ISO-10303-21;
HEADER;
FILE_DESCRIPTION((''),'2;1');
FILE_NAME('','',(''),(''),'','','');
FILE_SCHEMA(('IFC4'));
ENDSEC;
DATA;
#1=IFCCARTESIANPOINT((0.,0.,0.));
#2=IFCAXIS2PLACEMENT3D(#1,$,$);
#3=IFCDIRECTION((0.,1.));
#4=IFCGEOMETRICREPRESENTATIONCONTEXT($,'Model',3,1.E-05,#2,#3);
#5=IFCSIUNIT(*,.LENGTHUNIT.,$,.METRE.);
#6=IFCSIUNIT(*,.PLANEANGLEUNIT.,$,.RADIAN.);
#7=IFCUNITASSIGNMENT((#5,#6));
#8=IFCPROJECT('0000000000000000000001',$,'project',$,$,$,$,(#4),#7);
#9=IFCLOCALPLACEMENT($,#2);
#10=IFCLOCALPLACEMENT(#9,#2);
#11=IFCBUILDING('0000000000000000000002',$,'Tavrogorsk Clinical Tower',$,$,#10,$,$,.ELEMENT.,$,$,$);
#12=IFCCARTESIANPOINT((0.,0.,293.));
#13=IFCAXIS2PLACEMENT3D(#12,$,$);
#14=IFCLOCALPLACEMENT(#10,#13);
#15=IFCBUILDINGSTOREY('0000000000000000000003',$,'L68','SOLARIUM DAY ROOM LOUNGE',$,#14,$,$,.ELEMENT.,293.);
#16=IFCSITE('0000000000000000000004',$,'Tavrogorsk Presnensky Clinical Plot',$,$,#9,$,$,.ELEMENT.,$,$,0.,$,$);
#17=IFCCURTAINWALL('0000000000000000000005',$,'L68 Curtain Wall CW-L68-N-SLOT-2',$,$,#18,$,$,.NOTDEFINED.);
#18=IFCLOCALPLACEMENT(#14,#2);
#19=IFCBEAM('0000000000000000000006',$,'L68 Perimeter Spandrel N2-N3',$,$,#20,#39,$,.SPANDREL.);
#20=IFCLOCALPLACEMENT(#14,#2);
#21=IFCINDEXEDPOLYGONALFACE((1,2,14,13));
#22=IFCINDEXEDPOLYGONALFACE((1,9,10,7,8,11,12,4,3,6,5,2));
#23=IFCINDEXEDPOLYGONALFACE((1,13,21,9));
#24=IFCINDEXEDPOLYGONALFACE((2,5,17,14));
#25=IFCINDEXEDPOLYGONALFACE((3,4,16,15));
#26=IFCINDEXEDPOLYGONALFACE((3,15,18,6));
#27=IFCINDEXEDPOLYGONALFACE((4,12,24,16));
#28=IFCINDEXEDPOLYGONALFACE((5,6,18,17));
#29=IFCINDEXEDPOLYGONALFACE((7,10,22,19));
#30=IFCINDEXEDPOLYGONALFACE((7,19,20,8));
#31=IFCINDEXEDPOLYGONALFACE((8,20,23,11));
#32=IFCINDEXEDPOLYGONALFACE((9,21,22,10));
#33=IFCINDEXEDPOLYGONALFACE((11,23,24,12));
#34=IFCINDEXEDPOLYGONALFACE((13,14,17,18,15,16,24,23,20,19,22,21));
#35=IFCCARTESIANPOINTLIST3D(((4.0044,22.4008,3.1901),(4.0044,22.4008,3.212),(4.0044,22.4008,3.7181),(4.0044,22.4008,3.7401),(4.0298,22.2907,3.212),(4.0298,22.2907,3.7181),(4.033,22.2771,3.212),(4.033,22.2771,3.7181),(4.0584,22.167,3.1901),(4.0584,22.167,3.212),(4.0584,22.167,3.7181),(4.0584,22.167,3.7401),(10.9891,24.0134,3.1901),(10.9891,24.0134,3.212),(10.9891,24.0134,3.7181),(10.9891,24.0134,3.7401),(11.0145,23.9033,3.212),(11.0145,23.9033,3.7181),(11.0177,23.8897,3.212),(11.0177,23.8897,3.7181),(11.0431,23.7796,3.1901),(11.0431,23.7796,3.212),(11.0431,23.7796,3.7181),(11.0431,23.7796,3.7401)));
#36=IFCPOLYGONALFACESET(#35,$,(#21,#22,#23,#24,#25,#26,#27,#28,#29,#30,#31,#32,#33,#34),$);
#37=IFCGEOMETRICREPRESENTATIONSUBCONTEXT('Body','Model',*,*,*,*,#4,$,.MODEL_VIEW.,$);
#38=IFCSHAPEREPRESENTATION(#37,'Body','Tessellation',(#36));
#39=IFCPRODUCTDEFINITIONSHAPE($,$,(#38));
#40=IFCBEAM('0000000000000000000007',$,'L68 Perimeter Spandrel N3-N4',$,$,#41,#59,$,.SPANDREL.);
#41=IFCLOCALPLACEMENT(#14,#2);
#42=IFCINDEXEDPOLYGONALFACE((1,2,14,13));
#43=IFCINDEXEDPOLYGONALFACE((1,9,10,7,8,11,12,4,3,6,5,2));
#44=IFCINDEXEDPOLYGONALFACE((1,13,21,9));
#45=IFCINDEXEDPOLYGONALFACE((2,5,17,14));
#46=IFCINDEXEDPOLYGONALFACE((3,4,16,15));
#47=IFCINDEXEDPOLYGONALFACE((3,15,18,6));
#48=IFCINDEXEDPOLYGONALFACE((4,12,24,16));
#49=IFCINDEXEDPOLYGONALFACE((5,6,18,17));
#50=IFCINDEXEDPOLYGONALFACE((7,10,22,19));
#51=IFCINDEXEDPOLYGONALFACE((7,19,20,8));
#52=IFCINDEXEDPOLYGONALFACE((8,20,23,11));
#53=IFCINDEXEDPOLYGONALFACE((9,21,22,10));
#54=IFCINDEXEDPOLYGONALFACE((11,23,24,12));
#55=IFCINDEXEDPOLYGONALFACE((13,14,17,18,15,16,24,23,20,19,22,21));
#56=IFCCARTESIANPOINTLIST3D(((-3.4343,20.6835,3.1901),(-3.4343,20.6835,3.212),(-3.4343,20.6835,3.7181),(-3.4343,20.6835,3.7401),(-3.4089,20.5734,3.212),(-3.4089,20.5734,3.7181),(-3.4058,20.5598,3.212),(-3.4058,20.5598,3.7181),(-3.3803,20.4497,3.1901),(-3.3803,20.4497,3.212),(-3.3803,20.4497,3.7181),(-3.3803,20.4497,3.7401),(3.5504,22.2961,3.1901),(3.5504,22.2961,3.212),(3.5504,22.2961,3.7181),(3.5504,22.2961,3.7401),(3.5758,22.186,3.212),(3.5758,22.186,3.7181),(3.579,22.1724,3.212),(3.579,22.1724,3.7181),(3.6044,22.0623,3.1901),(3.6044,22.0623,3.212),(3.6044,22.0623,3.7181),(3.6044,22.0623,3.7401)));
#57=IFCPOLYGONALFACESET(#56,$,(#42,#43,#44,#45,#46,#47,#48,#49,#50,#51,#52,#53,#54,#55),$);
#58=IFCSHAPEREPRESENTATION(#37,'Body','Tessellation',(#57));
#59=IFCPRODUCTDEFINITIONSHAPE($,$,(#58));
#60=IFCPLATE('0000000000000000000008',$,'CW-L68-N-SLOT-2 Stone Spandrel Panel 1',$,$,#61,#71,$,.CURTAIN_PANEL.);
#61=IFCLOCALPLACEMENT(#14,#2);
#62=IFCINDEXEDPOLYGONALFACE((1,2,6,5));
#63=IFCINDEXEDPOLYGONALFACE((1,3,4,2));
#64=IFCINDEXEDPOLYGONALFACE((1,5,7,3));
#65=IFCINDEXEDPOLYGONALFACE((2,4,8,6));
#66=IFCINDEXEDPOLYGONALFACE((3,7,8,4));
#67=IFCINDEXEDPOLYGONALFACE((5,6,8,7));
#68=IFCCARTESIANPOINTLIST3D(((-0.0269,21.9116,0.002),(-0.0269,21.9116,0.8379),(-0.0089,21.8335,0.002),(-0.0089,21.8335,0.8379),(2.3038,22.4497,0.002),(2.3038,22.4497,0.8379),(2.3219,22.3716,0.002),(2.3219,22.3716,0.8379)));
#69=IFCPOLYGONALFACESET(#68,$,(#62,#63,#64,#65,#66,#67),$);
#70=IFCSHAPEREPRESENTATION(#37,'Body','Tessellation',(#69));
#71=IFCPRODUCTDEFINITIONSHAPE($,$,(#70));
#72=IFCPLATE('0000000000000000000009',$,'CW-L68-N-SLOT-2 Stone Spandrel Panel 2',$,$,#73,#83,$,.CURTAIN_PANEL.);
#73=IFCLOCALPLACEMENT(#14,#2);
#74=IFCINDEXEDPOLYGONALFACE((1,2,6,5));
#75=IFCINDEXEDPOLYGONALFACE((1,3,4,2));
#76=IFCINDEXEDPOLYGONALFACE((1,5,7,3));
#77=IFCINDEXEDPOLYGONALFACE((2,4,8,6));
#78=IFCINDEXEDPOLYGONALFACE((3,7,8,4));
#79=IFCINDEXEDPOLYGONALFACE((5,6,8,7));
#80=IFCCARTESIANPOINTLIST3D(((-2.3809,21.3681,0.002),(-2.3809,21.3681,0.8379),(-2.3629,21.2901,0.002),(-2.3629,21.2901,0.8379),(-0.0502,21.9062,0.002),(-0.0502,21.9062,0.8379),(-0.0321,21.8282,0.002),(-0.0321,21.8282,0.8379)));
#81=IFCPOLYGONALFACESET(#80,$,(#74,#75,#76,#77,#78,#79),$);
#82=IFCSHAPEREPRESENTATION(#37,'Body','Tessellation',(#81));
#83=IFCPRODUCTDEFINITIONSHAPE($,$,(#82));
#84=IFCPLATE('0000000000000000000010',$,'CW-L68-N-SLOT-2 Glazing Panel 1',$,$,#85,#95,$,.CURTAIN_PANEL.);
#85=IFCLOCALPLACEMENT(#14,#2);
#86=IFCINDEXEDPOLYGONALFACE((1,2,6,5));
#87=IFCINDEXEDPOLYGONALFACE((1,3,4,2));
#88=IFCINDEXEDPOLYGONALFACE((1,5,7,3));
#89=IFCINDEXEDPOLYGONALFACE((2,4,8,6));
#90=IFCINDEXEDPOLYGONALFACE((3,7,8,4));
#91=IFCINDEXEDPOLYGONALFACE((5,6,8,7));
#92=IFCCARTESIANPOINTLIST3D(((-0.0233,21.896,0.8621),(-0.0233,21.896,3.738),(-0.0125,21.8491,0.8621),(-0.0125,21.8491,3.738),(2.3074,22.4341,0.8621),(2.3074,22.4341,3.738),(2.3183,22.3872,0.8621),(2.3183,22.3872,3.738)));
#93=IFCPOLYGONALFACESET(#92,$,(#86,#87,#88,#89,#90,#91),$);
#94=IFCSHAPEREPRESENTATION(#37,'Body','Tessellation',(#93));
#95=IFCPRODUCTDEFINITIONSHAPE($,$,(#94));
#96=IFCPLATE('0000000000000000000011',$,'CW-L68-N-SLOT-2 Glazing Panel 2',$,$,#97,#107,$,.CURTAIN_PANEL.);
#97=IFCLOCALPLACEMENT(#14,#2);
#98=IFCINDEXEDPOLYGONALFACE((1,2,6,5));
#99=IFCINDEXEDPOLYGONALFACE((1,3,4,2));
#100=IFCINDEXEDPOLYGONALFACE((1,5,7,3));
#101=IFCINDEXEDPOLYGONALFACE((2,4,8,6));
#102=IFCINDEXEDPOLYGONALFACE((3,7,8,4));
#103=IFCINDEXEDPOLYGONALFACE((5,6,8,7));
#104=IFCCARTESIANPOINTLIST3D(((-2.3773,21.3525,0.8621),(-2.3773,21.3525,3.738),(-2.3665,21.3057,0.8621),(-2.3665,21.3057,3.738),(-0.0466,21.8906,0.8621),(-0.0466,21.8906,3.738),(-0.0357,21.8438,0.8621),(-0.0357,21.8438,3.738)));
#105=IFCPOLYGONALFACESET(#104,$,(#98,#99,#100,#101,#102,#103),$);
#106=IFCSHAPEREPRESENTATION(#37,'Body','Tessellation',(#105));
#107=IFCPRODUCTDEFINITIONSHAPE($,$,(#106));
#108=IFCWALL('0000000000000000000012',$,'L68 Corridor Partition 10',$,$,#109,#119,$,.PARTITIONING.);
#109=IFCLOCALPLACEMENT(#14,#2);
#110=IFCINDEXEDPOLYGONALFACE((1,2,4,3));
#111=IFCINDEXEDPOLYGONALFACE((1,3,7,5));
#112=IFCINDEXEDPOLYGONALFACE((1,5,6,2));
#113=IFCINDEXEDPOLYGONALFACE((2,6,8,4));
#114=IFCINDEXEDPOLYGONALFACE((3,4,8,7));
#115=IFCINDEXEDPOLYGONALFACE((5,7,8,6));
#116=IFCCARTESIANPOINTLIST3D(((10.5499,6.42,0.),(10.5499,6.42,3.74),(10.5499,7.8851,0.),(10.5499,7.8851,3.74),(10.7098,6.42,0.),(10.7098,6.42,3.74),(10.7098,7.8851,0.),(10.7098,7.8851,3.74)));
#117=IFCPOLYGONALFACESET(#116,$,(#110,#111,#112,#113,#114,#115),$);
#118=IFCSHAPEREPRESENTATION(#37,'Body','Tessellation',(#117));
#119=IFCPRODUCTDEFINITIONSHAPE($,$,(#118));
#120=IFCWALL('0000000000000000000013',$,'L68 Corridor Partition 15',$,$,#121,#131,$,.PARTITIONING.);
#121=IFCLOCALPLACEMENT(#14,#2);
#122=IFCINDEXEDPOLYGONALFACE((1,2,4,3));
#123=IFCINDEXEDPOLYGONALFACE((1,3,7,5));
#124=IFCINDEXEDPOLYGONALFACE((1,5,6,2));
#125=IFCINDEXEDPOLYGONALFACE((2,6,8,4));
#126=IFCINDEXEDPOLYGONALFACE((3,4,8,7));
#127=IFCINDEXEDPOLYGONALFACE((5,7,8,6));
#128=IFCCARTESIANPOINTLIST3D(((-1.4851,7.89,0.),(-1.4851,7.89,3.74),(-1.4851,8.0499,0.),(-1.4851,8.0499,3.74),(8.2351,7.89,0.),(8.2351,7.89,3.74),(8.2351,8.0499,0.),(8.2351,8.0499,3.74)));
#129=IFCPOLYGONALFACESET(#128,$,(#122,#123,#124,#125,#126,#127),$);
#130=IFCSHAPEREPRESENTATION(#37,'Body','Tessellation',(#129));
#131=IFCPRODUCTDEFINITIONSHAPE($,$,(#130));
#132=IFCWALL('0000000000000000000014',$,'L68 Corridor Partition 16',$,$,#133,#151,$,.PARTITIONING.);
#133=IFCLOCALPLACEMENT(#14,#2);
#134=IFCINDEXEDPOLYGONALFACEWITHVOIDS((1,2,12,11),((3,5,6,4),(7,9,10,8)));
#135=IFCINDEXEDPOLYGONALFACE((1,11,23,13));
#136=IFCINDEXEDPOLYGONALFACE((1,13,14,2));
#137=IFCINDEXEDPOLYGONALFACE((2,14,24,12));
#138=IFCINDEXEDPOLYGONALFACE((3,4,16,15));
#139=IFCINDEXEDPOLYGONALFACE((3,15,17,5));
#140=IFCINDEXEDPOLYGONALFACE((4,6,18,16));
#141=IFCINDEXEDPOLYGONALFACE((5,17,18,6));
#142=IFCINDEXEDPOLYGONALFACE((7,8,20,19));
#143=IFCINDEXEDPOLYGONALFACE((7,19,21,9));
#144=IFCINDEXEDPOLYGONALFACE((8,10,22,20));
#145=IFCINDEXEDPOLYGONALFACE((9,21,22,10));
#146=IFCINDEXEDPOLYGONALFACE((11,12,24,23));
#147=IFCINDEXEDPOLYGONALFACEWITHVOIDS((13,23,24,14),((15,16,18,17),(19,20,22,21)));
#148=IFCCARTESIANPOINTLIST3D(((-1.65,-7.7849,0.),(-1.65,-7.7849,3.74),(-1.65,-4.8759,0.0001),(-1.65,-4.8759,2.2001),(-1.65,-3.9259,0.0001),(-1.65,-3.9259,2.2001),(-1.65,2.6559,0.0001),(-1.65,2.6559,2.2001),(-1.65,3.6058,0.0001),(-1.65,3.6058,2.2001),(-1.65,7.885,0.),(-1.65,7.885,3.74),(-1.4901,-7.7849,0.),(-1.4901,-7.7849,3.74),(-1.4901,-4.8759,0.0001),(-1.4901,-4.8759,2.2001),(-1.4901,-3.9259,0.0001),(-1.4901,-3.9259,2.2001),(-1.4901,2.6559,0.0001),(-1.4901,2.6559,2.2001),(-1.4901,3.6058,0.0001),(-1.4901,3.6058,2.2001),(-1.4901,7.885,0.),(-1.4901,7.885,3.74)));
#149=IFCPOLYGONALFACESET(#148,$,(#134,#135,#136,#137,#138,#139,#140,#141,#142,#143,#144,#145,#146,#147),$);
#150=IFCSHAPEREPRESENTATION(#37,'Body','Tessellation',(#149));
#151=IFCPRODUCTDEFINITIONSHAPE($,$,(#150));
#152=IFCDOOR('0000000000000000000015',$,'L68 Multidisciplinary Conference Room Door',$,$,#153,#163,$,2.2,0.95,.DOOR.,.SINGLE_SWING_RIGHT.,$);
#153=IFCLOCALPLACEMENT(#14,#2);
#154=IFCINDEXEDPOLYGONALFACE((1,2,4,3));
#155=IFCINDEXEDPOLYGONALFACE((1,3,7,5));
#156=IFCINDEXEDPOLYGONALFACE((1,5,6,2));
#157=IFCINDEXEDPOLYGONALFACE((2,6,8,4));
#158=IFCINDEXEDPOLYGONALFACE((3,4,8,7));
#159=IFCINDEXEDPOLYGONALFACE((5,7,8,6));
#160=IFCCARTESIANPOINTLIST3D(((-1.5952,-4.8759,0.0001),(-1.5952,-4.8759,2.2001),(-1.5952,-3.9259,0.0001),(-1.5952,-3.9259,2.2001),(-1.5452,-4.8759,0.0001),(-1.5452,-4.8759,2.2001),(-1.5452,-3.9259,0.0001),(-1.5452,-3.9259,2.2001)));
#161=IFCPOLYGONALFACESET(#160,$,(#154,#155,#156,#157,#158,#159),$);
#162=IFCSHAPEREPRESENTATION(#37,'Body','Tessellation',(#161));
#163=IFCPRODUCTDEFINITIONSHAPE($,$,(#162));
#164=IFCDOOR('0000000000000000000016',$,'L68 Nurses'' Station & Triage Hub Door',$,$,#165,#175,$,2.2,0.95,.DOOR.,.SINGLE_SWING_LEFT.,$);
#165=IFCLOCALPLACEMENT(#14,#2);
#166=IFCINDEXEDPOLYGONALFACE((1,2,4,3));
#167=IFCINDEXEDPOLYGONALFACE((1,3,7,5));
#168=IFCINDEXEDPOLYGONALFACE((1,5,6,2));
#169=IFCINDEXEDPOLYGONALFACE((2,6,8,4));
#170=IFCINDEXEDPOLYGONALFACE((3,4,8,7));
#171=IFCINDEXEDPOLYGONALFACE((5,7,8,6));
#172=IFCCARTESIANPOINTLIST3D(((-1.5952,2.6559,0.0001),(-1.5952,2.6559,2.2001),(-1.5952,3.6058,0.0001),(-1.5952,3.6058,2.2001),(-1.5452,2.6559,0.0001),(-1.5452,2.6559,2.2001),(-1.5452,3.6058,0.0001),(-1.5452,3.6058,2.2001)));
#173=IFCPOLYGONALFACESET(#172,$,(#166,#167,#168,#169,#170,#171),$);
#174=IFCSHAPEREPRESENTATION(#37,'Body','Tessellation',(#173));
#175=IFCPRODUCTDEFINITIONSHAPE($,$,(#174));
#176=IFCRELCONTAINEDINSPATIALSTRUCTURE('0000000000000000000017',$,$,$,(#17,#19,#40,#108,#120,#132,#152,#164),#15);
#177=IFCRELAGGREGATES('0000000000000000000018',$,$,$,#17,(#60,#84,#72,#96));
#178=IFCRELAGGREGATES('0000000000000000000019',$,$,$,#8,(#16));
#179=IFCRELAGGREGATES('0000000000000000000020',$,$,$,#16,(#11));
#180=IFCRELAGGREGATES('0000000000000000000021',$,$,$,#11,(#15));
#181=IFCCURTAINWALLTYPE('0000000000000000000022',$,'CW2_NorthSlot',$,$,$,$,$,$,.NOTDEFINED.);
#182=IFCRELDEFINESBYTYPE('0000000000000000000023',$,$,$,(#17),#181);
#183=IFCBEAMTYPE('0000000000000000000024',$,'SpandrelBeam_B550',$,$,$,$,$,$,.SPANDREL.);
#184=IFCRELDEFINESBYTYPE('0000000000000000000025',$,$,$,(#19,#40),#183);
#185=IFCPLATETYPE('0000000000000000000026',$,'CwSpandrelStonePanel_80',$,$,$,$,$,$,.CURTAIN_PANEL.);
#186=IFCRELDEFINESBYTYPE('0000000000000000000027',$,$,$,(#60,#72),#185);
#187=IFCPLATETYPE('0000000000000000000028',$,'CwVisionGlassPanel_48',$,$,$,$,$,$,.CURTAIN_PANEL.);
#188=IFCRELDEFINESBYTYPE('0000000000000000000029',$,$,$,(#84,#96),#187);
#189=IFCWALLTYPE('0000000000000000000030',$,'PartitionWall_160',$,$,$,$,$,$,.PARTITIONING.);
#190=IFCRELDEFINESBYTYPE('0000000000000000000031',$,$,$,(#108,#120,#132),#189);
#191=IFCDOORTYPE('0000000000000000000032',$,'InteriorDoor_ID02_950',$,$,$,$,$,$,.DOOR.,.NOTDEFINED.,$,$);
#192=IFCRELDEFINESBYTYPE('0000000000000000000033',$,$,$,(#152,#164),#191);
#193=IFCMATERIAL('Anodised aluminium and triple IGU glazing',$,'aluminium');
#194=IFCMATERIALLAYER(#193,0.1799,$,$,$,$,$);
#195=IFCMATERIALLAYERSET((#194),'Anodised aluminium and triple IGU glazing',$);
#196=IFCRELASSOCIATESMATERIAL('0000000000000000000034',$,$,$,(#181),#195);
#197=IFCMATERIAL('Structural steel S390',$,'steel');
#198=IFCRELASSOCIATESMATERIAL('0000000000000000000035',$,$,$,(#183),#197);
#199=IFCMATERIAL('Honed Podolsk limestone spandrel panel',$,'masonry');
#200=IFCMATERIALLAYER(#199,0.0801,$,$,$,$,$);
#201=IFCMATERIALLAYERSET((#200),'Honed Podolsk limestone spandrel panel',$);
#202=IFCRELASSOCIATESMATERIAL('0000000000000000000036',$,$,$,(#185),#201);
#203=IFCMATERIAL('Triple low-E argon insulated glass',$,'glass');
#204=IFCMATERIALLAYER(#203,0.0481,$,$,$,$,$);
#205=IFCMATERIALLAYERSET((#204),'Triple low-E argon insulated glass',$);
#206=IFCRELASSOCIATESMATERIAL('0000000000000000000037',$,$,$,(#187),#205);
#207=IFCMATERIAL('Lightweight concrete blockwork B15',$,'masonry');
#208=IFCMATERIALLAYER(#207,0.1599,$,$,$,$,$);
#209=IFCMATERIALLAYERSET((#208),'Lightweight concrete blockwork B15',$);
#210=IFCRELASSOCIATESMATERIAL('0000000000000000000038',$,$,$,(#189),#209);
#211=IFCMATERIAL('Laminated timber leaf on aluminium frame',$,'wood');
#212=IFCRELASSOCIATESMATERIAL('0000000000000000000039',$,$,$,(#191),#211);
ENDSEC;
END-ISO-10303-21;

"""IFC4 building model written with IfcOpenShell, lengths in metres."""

from ifc_helpers import new_model, si_unit, direction, frame, frame_2d, origin, origin_2d, place, context, subcontext, project, spatial, rectangle, i_section, extrude, material, layer, layer_set, material_profile, profile_set, type_object, element, fill, aggregate, save


model = new_model("IFC4")

# Units and contexts
model_context = context("Model", 3, precision=1e-05, world=origin(), true_north=direction((0.0, 1.0)))
body_context = subcontext(model_context, "Body", "Model", "MODEL_VIEW")
ifc_project = project(units=[si_unit("LENGTHUNIT", "METRE"), si_unit("PLANEANGLEUNIT", "RADIAN")], contexts=[model_context])

# Site, building, storey
site_placement = place(None, origin())
site = spatial("IfcSite", under=ifc_project, at=site_placement, Name="Tavrogorsk Presnensky Clinical Plot", CompositionType="ELEMENT", RefElevation=0.0)
building_placement = place(site_placement, origin())
building = spatial("IfcBuilding", under=site, at=building_placement, Name="Tavrogorsk Clinical Tower", CompositionType="ELEMENT")
storey_placement = place(building_placement, frame((0.0, 0.0, 293.0)))
storey = spatial("IfcBuildingStorey", under=building, at=storey_placement, Name="L68", Description="SOLARIUM DAY ROOM LOUNGE", CompositionType="ELEMENT", Elevation=293.0)

# Curtain wall
ifc_material_1 = material(Name="Anodised aluminium and triple IGU glazing", Category="aluminium")
ifc_layer_1 = layer(ifc_material_1, 0.1799)
ifc_layer_set_1 = layer_set([ifc_layer_1], Name="Anodised aluminium and triple IGU glazing")
curtain_wall_type = type_object("IfcCurtainWallType", Name="CW2_NorthSlot", PredefinedType="NOTDEFINED", material=ifc_layer_set_1)
curtain_wall_placement = place(storey_placement, origin())
curtain_wall = element("IfcCurtainWall", 1, at=curtain_wall_placement, inside=storey, type_object=curtain_wall_type, Name="L68 Curtain Wall CW-L68-N-SLOT-2", PredefinedType="NOTDEFINED")

# Beams
ifc_material_2 = material(Name="Structural steel S390", Category="steel")
ifc_material_profile_1 = material_profile(ifc_material_2, i_section(OverallWidth=0.24, OverallDepth=0.55, WebThickness=0.0139, FlangeThickness=0.022, at=origin_2d()), Name="B-550x240x14x22")
ifc_profile_set_1 = profile_set([ifc_material_profile_1], Name="Structural steel S390")
beam_type_1 = type_object("IfcBeamType", Name="SpandrelBeam_B550", PredefinedType="SPANDREL", material=ifc_profile_set_1)
for number, where, z_axis, x_axis, name in (
    (2, (11.0161, 23.8965, 3.4651), (-0.974369, -0.224954, 0.0), (0.224954, -0.974369, 0.0), "L68 Perimeter Spandrel N2-N3"),
    (3, (3.5774, 22.1792, 3.4651), (-0.974369, -0.224954, 0.0), (0.224954, -0.974369, 0.0), "L68 Perimeter Spandrel N3-N4"),
):
    element("IfcBeam", number, at=place(storey_placement, frame(where, z_axis=z_axis, x_axis=x_axis)), inside=storey, type_object=beam_type_1, Name=name, PredefinedType="SPANDREL", context=body_context, shape_type="SweptSolid", body=[
        extrude(i_section(OverallWidth=0.24, OverallDepth=0.55, WebThickness=0.0139, FlangeThickness=0.022, at=origin_2d()), origin(), (0.0, 0.0, 1.0), 7.1685),
    ])

# Plates
ifc_material_3 = material(Name="Honed Podolsk limestone spandrel panel", Category="masonry")
ifc_layer_2 = layer(ifc_material_3, 0.0801)
ifc_layer_set_2 = layer_set([ifc_layer_2], Name="Honed Podolsk limestone spandrel panel")
plate_type_1 = type_object("IfcPlateType", Name="CwSpandrelStonePanel_80", PredefinedType="CURTAIN_PANEL", material=ifc_layer_set_2)
plate_1_placement = place(storey_placement, frame((1.1475, 22.1416, 0.002), z_axis=(0.0, 0.0, 1.0), x_axis=(-0.97437, -0.224951, 0.0)))
plate_1 = element("IfcPlate", 4, at=plate_1_placement, type_object=plate_type_1, Name="CW-L68-N-SLOT-2 Stone Spandrel Panel 1", PredefinedType="CURTAIN_PANEL", context=body_context, shape_type="SweptSolid", body=[
    extrude(rectangle(XDim=2.3921, YDim=0.0801, at=origin_2d()), origin(), (0.0, 0.0, 1.0), 0.8359),
])
plate_2_placement = place(storey_placement, frame((-1.2065, 21.5981, 0.002), z_axis=(0.0, 0.0, 1.0), x_axis=(-0.97437, -0.224951, 0.0)))
plate_2 = element("IfcPlate", 5, at=plate_2_placement, type_object=plate_type_1, Name="CW-L68-N-SLOT-2 Stone Spandrel Panel 2", PredefinedType="CURTAIN_PANEL", context=body_context, shape_type="SweptSolid", body=[
    extrude(rectangle(XDim=2.3921, YDim=0.0801, at=origin_2d()), origin(), (0.0, 0.0, 1.0), 0.8359),
])
ifc_material_4 = material(Name="Triple low-E argon insulated glass", Category="glass")
ifc_layer_3 = layer(ifc_material_4, 0.0481)
ifc_layer_set_3 = layer_set([ifc_layer_3], Name="Triple low-E argon insulated glass")
plate_type_2 = type_object("IfcPlateType", Name="CwVisionGlassPanel_48", PredefinedType="CURTAIN_PANEL", material=ifc_layer_set_3)
plate_3_placement = place(storey_placement, frame((1.1475, 22.1416, 0.8621), z_axis=(0.0, 0.0, 1.0), x_axis=(-0.97437, -0.224951, 0.0)))
plate_3 = element("IfcPlate", 6, at=plate_3_placement, type_object=plate_type_2, Name="CW-L68-N-SLOT-2 Glazing Panel 1", PredefinedType="CURTAIN_PANEL", context=body_context, shape_type="SweptSolid", body=[
    extrude(rectangle(XDim=2.3921, YDim=0.0481, at=origin_2d()), origin(), (0.0, 0.0, 1.0), 2.876),
])
plate_4_placement = place(storey_placement, frame((-1.2065, 21.5981, 0.8621), z_axis=(0.0, 0.0, 1.0), x_axis=(-0.97437, -0.224951, 0.0)))
plate_4 = element("IfcPlate", 7, at=plate_4_placement, type_object=plate_type_2, Name="CW-L68-N-SLOT-2 Glazing Panel 2", PredefinedType="CURTAIN_PANEL", context=body_context, shape_type="SweptSolid", body=[
    extrude(rectangle(XDim=2.3921, YDim=0.0481, at=origin_2d()), origin(), (0.0, 0.0, 1.0), 2.876),
])
aggregate(curtain_wall, [plate_1, plate_3, plate_2, plate_4])

# Walls
ifc_material_5 = material(Name="Lightweight concrete blockwork B15", Category="masonry")
ifc_layer_4 = layer(ifc_material_5, 0.1599)
ifc_layer_set_4 = layer_set([ifc_layer_4], Name="Lightweight concrete blockwork B15")
wall_type = type_object("IfcWallType", Name="PartitionWall_160", PredefinedType="PARTITIONING", material=ifc_layer_set_4)
wall_1_placement = place(storey_placement, frame((10.6299, 7.885, 0.0), z_axis=(0.0, 0.0, 1.0), x_axis=(0.0, -1.0, 0.0)))
element("IfcWall", 8, at=wall_1_placement, inside=storey, type_object=wall_type, Name="L68 Corridor Partition 10", PredefinedType="PARTITIONING", context=body_context, shape_type="SweptSolid", body=[
    extrude(rectangle(XDim=1.4651, YDim=0.1599, at=frame_2d((0.7324, 0.0))), origin(), (0.0, 0.0, 1.0), 3.74),
])
wall_2_placement = place(storey_placement, frame((8.2351, 7.97, 0.0), z_axis=(0.0, 0.0, 1.0), x_axis=(-1.0, 0.0, 0.0)))
element("IfcWall", 9, at=wall_2_placement, inside=storey, type_object=wall_type, Name="L68 Corridor Partition 15", PredefinedType="PARTITIONING", context=body_context, shape_type="SweptSolid", body=[
    extrude(rectangle(XDim=9.7202, YDim=0.1599, at=frame_2d((4.8601, 0.0))), origin(), (0.0, 0.0, 1.0), 3.74),
])

# Wall, openings, doors
wall_3_placement = place(storey_placement, frame((-1.5701, 7.885, 0.0), z_axis=(0.0, 0.0, 1.0), x_axis=(0.0, -1.0, 0.0)))
wall_3 = element("IfcWall", 10, at=wall_3_placement, inside=storey, type_object=wall_type, Name="L68 Corridor Partition 16", PredefinedType="PARTITIONING", context=body_context, shape_type="SweptSolid", body=[
    extrude(rectangle(XDim=15.6699, YDim=0.1599, at=frame_2d((7.835, 0.0))), origin(), (0.0, 0.0, 1.0), 3.74),
])
opening_1_placement = place(wall_3_placement, frame((11.8108, 0.0, 0.0)))
opening_1 = element("IfcOpeningElement", 11, at=opening_1_placement, cuts=wall_3, PredefinedType="OPENING", context=body_context, shape_type="SweptSolid", body=[
    extrude(rectangle(XDim=0.95, YDim=2.2, at=frame_2d((0.4751, 1.1001))), frame((0.0, 0.0898, 0.0), z_axis=(0.0, -1.0, 0.0), x_axis=(1.0, 0.0, 0.0)), (0.0, 0.0, 1.0), 0.1799),
])
opening_2_placement = place(wall_3_placement, frame((4.2791, 0.0, 0.0)))
opening_2 = element("IfcOpeningElement", 12, at=opening_2_placement, cuts=wall_3, PredefinedType="OPENING", context=body_context, shape_type="SweptSolid", body=[
    extrude(rectangle(XDim=0.95, YDim=2.2, at=frame_2d((0.4751, 1.1001))), frame((0.0, 0.0898, 0.0), z_axis=(0.0, -1.0, 0.0), x_axis=(1.0, 0.0, 0.0)), (0.0, 0.0, 1.0), 0.1799),
])
ifc_material_6 = material(Name="Laminated timber leaf on aluminium frame", Category="wood")
door_type = type_object("IfcDoorType", Name="InteriorDoor_ID02_950", OperationType="NOTDEFINED", PredefinedType="DOOR", material=ifc_material_6)
door_1_placement = place(opening_1_placement, origin())
door_1 = element("IfcDoor", 13, at=door_1_placement, inside=storey, type_object=door_type, Name="L68 Multidisciplinary Conference Room Door", OperationType="SINGLE_SWING_RIGHT", OverallHeight=2.2, OverallWidth=0.95, PredefinedType="DOOR", context=body_context, shape_type="SweptSolid", body=[
    extrude(rectangle(XDim=0.95, YDim=2.2, at=frame_2d((0.4751, 1.1001))), frame((0.0, 0.0249, 0.0), z_axis=(0.0, -1.0, 0.0), x_axis=(1.0, 0.0, 0.0)), (0.0, 0.0, 1.0), 0.05),
])
fill(opening_1, door_1)
door_2_placement = place(opening_2_placement, origin())
door_2 = element("IfcDoor", 14, at=door_2_placement, inside=storey, type_object=door_type, Name="L68 Nurses' Station & Triage Hub Door", OperationType="SINGLE_SWING_LEFT", OverallHeight=2.2, OverallWidth=0.95, PredefinedType="DOOR", context=body_context, shape_type="SweptSolid", body=[
    extrude(rectangle(XDim=0.95, YDim=2.2, at=frame_2d((0.4751, 1.1001))), frame((0.0, 0.0249, 0.0), z_axis=(0.0, -1.0, 0.0), x_axis=(1.0, 0.0, 0.0)), (0.0, 0.0, 1.0), 0.05),
])
fill(opening_2, door_2)

save(model, "model.ifc")
